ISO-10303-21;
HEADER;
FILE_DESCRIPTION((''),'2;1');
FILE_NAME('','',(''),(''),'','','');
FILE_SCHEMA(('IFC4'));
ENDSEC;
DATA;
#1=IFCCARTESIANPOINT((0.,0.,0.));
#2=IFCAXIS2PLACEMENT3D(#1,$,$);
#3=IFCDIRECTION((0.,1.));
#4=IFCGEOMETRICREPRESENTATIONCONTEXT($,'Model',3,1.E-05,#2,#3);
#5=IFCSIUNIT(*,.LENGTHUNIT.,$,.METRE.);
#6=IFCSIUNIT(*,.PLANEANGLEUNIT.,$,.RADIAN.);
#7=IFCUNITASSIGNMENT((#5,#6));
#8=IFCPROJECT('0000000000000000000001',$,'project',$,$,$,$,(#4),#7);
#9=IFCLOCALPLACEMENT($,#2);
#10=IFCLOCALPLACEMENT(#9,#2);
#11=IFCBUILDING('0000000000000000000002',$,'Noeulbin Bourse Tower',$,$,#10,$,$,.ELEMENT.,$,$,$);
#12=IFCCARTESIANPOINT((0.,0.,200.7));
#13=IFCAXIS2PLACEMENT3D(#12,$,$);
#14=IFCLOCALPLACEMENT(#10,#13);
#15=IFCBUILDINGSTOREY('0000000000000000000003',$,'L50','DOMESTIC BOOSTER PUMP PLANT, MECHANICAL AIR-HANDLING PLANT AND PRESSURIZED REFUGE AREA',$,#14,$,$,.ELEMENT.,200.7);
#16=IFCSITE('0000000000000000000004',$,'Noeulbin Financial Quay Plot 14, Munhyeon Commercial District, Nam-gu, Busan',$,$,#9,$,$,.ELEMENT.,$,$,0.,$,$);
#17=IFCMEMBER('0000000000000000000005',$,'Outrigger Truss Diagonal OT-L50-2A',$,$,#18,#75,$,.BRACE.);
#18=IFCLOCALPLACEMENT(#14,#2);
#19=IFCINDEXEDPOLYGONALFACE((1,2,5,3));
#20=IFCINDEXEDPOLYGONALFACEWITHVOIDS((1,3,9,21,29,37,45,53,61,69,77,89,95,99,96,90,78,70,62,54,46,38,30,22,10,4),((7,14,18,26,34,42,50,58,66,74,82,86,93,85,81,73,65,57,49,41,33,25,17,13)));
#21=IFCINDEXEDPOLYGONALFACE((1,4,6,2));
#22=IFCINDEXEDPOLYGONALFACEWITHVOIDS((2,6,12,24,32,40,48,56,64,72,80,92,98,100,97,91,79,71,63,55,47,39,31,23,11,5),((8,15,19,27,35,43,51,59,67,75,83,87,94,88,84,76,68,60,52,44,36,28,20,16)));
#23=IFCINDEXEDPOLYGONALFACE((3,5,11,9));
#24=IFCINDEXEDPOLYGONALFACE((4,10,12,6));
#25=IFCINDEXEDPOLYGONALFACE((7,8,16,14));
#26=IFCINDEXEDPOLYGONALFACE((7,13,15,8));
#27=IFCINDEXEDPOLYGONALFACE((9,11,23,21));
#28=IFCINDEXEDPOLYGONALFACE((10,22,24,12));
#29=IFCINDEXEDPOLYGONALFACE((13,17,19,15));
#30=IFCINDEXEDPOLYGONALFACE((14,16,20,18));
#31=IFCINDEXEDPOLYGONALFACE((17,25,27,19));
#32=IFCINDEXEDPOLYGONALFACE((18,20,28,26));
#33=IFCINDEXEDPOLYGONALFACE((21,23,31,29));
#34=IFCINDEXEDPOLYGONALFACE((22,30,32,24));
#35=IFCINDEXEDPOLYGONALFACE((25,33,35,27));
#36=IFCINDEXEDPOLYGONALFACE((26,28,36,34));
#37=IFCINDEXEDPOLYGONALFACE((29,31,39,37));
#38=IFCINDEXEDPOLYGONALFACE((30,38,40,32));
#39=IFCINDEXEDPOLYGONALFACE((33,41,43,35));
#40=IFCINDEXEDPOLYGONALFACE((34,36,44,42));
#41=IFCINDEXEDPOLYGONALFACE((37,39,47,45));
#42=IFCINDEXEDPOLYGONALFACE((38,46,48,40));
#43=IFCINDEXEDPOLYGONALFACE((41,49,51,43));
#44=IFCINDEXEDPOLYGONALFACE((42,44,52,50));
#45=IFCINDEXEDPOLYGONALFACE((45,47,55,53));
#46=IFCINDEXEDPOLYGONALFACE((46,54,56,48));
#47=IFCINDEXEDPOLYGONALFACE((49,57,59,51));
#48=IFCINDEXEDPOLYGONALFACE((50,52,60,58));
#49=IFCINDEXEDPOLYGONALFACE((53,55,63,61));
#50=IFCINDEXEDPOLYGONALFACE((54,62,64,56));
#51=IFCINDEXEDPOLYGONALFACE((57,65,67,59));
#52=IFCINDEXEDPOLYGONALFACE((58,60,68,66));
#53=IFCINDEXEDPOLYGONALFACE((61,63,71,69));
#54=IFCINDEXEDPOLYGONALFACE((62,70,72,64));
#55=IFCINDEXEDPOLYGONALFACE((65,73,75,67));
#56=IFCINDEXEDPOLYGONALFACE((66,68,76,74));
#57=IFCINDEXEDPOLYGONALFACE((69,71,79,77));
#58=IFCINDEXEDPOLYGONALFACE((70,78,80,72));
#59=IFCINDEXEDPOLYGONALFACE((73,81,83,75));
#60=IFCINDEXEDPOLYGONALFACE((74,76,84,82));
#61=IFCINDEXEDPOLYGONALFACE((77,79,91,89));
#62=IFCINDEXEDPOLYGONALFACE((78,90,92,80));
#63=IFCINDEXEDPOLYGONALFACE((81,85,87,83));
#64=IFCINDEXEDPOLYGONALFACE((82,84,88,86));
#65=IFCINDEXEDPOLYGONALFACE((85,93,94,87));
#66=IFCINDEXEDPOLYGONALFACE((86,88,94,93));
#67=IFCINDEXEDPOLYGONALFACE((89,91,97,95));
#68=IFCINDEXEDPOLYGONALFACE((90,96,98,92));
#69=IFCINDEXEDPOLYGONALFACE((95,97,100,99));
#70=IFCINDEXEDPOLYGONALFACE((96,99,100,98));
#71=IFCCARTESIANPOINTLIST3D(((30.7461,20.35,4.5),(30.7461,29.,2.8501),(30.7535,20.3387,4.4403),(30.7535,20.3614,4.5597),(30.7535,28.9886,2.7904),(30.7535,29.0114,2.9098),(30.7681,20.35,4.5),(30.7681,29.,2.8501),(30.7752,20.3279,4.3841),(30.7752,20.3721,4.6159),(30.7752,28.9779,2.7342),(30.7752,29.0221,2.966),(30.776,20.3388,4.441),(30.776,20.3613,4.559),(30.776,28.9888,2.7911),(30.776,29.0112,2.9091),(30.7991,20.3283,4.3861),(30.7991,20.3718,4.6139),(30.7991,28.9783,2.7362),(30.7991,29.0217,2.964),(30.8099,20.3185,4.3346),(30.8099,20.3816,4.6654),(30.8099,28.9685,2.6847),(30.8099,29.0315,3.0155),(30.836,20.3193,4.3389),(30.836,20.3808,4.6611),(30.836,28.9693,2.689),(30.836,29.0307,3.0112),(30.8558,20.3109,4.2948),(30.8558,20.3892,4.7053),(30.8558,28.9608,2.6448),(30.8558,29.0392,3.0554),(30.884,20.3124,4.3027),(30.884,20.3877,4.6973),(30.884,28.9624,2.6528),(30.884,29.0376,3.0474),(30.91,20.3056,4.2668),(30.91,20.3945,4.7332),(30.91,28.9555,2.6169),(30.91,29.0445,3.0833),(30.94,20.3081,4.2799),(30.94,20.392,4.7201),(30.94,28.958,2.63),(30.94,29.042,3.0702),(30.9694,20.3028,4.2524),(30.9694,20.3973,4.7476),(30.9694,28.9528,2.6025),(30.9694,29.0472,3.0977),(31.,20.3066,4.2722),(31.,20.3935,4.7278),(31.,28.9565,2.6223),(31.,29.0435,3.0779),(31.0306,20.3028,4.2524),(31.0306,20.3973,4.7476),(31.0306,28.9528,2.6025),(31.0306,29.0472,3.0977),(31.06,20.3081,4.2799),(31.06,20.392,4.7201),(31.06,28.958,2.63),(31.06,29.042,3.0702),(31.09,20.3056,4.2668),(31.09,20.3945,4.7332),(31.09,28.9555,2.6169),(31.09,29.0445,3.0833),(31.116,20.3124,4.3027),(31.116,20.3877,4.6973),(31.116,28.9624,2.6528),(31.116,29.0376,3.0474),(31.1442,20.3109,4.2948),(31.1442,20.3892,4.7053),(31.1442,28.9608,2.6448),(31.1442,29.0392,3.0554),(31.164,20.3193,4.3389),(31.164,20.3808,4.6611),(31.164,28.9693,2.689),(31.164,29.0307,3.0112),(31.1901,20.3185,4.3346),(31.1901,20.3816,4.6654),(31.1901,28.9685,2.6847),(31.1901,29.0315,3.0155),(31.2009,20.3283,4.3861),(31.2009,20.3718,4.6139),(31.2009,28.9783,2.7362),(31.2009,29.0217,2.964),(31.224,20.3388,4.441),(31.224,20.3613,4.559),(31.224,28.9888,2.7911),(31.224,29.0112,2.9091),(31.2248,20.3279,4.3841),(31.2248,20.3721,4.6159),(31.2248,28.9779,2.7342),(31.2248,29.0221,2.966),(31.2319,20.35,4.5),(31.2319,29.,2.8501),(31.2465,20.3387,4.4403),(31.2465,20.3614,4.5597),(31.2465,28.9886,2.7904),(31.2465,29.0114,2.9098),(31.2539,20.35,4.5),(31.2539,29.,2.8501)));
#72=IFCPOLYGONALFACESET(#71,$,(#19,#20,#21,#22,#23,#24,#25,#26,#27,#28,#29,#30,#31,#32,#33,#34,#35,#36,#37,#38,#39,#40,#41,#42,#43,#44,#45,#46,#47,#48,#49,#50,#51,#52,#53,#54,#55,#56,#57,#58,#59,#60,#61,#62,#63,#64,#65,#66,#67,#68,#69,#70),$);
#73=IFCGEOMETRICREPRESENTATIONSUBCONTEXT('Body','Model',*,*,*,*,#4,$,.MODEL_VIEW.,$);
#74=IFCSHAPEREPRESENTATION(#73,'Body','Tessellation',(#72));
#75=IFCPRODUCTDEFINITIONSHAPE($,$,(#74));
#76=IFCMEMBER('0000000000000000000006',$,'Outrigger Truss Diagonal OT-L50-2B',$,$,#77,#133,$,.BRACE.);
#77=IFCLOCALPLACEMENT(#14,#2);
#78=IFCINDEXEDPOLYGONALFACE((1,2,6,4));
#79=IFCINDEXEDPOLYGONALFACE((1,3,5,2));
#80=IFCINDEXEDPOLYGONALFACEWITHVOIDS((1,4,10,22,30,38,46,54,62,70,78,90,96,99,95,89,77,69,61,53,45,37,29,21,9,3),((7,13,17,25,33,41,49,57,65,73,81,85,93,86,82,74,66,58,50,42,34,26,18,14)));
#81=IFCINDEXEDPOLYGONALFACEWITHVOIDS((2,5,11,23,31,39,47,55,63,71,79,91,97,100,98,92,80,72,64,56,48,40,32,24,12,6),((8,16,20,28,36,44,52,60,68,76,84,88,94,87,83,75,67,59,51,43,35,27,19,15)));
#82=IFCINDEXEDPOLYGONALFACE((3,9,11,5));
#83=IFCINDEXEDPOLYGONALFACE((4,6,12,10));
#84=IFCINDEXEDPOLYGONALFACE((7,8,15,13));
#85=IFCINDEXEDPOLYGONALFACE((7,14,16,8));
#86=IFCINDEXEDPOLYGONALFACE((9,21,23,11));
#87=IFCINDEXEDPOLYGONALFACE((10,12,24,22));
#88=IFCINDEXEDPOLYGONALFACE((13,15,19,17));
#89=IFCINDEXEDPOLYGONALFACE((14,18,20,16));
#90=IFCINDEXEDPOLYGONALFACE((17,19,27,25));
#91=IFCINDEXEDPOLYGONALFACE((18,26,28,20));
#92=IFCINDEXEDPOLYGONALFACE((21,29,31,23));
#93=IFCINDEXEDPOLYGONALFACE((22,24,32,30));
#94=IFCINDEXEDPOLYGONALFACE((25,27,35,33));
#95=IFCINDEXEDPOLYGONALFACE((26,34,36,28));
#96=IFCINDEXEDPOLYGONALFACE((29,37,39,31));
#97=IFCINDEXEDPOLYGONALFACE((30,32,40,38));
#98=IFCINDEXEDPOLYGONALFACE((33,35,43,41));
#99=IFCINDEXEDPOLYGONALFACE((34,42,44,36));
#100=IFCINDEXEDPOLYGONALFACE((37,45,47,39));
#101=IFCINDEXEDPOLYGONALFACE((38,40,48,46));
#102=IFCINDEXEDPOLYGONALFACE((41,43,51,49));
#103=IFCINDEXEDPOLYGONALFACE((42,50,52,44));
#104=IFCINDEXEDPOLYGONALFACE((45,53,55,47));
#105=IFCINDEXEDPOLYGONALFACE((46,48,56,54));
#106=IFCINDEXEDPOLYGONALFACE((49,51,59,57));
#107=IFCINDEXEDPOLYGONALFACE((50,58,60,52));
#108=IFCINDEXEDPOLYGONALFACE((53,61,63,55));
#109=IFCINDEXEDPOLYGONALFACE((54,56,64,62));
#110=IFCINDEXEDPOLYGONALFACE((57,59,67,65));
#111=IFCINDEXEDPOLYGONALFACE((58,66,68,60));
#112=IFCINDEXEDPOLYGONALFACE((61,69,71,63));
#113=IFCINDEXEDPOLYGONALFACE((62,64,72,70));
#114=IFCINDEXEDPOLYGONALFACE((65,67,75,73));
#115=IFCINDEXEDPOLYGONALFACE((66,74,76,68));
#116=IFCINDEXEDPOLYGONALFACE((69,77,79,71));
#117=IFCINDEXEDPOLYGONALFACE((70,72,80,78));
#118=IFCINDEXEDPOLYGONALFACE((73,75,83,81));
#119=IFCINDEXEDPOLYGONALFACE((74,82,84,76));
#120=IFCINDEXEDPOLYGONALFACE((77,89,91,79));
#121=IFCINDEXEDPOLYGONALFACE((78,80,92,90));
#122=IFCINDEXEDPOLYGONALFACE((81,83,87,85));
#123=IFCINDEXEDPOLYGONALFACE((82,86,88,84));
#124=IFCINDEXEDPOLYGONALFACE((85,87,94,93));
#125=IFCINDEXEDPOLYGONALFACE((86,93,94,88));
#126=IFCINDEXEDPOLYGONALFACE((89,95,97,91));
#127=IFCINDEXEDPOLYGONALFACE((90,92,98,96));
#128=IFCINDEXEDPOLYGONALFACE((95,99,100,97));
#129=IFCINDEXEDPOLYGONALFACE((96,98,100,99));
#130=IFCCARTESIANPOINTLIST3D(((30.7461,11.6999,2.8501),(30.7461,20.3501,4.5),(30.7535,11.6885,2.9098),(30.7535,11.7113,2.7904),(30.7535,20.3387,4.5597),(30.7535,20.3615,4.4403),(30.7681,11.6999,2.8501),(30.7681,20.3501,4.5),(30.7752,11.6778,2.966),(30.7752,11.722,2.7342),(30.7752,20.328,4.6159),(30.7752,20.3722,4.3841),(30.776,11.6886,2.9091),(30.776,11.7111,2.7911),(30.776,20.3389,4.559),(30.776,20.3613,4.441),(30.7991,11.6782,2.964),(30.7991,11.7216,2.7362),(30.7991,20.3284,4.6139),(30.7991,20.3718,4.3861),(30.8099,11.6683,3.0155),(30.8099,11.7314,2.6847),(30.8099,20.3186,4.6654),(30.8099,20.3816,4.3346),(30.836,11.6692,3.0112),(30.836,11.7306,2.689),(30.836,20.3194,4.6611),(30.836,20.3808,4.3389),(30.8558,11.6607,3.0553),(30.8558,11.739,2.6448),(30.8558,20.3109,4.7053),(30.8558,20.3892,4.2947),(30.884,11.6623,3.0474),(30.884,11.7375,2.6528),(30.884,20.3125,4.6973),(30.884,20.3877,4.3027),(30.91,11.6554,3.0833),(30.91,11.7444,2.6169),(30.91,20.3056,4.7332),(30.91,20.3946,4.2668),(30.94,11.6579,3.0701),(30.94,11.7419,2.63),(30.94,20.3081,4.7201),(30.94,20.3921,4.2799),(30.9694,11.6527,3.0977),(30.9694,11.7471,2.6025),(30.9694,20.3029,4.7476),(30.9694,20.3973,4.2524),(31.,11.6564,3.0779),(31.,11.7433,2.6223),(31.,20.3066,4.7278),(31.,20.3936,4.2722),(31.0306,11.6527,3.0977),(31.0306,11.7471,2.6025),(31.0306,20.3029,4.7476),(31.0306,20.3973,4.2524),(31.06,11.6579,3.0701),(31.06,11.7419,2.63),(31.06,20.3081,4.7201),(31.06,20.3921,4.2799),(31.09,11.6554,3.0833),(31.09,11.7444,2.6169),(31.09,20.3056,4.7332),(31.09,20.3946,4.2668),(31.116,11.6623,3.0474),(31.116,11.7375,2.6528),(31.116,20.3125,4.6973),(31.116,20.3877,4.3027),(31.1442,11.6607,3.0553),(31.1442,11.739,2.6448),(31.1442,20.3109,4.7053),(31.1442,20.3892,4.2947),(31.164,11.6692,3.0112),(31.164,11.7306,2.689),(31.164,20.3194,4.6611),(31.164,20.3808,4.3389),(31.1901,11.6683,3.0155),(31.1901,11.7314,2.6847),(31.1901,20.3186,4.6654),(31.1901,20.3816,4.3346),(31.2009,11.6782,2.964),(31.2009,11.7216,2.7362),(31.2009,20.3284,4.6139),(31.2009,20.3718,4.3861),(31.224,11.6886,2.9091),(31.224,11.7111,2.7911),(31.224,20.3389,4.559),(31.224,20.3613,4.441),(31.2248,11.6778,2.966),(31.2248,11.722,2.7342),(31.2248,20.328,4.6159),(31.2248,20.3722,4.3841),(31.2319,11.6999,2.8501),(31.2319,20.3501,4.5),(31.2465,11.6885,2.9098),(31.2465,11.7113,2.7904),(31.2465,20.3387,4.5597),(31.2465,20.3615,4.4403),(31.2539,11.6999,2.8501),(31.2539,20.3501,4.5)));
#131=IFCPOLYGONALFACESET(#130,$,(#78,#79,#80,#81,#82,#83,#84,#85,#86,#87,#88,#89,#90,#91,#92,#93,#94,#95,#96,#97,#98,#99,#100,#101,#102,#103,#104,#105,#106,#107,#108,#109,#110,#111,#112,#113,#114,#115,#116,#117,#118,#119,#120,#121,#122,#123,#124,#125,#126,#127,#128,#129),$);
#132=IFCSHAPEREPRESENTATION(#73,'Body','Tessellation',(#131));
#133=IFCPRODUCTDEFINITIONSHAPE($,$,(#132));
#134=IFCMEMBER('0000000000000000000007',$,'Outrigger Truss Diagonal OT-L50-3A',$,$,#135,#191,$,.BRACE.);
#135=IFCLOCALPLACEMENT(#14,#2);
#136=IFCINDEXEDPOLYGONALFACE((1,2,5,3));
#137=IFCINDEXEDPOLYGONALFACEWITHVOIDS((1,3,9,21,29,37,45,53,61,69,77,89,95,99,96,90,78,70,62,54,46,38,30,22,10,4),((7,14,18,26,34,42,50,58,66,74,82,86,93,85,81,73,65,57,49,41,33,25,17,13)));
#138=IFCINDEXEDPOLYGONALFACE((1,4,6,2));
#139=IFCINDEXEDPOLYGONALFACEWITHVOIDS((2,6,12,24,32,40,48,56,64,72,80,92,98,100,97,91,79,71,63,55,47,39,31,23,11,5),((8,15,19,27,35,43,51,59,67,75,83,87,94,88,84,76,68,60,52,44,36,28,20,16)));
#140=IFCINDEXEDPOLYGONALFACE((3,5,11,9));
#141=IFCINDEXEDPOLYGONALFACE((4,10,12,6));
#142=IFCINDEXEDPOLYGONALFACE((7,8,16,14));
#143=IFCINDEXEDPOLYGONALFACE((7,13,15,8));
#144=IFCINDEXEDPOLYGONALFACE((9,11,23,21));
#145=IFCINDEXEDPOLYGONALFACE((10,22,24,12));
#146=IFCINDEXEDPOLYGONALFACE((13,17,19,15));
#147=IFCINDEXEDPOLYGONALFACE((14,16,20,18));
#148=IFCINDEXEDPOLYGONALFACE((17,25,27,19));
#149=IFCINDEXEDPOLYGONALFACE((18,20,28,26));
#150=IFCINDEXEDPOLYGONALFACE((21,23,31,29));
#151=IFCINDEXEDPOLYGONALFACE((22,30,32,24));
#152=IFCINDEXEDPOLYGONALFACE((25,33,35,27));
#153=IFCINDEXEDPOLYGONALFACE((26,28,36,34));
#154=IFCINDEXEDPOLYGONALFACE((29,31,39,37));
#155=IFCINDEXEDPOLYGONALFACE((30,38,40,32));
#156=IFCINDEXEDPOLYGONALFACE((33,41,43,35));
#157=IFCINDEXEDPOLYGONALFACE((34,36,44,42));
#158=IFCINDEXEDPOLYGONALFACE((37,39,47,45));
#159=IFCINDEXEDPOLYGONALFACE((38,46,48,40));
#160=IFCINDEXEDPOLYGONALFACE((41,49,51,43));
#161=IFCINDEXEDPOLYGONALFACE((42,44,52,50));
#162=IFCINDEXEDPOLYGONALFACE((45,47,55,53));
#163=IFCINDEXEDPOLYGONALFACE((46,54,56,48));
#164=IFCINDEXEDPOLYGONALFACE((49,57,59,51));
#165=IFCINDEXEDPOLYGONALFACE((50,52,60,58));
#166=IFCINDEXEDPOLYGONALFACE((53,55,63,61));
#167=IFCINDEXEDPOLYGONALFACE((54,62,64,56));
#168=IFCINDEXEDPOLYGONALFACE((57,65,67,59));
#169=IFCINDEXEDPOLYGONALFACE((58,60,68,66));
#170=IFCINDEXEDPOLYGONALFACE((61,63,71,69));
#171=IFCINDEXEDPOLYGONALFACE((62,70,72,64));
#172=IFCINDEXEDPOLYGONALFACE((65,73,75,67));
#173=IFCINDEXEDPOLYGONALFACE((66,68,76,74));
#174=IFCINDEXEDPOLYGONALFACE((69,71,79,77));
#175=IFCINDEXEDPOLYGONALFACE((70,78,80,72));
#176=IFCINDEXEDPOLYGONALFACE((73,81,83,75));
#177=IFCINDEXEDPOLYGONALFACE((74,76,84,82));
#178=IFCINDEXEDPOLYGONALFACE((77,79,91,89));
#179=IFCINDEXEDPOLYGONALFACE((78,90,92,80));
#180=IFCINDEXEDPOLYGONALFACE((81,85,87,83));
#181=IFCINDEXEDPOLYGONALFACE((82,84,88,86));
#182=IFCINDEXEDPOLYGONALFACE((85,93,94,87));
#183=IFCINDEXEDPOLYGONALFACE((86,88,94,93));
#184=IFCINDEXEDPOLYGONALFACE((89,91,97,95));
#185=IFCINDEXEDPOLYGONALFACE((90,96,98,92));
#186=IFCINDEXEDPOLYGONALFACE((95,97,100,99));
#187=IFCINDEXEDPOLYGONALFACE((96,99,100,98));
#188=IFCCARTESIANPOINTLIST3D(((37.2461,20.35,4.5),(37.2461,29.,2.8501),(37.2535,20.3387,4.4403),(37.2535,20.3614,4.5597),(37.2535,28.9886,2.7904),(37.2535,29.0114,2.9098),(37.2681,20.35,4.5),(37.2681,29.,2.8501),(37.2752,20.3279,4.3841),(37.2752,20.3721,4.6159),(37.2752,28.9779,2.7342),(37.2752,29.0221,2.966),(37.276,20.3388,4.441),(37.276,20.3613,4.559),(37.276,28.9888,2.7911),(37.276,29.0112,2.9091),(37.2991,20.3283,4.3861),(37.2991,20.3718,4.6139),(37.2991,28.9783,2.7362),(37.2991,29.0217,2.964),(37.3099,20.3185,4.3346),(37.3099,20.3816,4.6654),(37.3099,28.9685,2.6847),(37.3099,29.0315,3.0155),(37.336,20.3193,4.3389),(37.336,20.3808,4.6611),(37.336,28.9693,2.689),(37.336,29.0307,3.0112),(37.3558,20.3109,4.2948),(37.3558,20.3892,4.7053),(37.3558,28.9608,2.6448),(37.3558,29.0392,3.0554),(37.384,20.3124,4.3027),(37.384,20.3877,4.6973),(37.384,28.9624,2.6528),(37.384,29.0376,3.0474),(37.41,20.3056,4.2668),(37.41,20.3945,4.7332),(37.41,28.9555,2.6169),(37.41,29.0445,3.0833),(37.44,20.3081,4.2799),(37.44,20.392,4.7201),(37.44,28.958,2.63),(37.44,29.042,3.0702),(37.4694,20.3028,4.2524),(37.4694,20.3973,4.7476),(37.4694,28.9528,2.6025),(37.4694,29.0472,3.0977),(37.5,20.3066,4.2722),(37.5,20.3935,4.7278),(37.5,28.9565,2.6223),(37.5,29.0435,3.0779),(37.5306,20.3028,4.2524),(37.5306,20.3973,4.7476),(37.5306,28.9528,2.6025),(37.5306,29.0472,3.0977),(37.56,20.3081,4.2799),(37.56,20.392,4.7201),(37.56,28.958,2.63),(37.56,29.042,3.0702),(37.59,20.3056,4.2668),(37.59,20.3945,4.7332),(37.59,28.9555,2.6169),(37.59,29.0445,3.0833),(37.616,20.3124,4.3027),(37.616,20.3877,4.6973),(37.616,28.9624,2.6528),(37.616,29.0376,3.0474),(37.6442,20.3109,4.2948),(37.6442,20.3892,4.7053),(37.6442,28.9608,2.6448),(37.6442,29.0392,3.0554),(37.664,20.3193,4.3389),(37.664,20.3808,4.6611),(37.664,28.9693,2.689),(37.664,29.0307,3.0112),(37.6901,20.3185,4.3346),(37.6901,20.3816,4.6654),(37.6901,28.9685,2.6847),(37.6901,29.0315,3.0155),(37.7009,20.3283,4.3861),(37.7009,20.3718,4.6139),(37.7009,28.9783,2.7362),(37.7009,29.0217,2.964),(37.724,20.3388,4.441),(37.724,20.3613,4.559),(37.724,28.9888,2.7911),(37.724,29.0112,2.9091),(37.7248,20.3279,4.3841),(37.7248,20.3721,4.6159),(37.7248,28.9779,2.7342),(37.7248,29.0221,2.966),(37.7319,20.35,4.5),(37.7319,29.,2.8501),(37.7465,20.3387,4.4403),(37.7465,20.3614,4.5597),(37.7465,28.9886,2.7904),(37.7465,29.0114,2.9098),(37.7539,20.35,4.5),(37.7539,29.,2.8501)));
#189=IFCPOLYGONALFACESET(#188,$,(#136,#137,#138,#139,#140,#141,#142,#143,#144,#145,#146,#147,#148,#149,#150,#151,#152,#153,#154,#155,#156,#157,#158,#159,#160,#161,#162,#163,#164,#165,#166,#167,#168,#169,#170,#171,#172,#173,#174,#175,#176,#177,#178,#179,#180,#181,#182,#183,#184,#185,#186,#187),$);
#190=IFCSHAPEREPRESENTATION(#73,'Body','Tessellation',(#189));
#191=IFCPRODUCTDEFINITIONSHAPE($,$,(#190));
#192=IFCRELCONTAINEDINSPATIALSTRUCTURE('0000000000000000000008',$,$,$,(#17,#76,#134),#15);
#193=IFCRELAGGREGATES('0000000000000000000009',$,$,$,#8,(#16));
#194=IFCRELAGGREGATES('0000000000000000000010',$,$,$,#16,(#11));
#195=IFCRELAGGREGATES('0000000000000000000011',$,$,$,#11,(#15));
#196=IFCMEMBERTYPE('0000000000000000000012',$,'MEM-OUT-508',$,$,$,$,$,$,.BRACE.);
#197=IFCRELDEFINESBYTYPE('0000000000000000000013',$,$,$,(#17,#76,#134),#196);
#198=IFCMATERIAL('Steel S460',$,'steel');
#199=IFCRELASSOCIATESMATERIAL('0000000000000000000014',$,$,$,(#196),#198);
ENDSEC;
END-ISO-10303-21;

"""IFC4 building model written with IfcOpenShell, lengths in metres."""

from ifc_helpers import new_model, si_unit, direction, frame, origin, origin_2d, place, context, subcontext, project, spatial, hollow_circle, extrude, material, material_profile, profile_set, type_object, element, save


model = new_model("IFC4")

# Units and contexts
model_context = context("Model", 3, precision=1e-05, world=origin(), true_north=direction((0.0, 1.0)))
body_context = subcontext(model_context, "Body", "Model", "MODEL_VIEW")
ifc_project = project(units=[si_unit("LENGTHUNIT", "METRE"), si_unit("PLANEANGLEUNIT", "RADIAN")], contexts=[model_context])

# Site, building, storey
site_placement = place(None, origin())
site = spatial("IfcSite", under=ifc_project, at=site_placement, Name="Noeulbin Financial Quay Plot 14, Munhyeon Commercial District, Nam-gu, Busan", CompositionType="ELEMENT", RefElevation=0.0)
building_placement = place(site_placement, origin())
building = spatial("IfcBuilding", under=site, at=building_placement, Name="Noeulbin Bourse Tower", CompositionType="ELEMENT")
storey_placement = place(building_placement, frame((0.0, 0.0, 200.7)))
storey = spatial("IfcBuildingStorey", under=building, at=storey_placement, Name="L50", Description="DOMESTIC BOOSTER PUMP PLANT, MECHANICAL AIR-HANDLING PLANT AND PRESSURIZED REFUGE AREA", CompositionType="ELEMENT", Elevation=200.7)

# Shared definitions
ifc_material_1 = material(Name="Steel S460", Category="steel")

# Members
ifc_material_profile_1 = material_profile(ifc_material_1, hollow_circle(Radius=0.2539, WallThickness=0.022, at=origin_2d()), Name="CHS-508.0x22.0", Category="LoadBearing")
ifc_profile_set_1 = profile_set([ifc_material_profile_1], Name="Steel S460")
member_type_1 = type_object("IfcMemberType", Name="MEM-OUT-508", PredefinedType="BRACE", material=ifc_profile_set_1)
member_1_placement = place(storey_placement, frame((31.0, 29.0, 2.8501), z_axis=(0.0, -0.98229, 0.187364), x_axis=(1.0, 0.0, 0.0)))
element("IfcMember", 1, at=member_1_placement, inside=storey, type_object=member_type_1, Name="Outrigger Truss Diagonal OT-L50-2A", PredefinedType="BRACE", context=body_context, shape_type="SweptSolid", body=[
    extrude(hollow_circle(Radius=0.2539, WallThickness=0.022, at=origin_2d()), origin(), (0.0, 0.0, 1.0), 8.8059),
])
member_2_placement = place(storey_placement, frame((31.0, 20.3501, 4.5), z_axis=(0.0, -0.982291, -0.187359), x_axis=(1.0, 0.0, 0.0)))
element("IfcMember", 2, at=member_2_placement, inside=storey, type_object=member_type_1, Name="Outrigger Truss Diagonal OT-L50-2B", PredefinedType="BRACE", context=body_context, shape_type="SweptSolid", body=[
    extrude(hollow_circle(Radius=0.2539, WallThickness=0.022, at=origin_2d()), origin(), (0.0, 0.0, 1.0), 8.8062),
])
member_3_placement = place(storey_placement, frame((37.5, 29.0, 2.8501), z_axis=(0.0, -0.98229, 0.187364), x_axis=(1.0, 0.0, 0.0)))
element("IfcMember", 3, at=member_3_placement, inside=storey, type_object=member_type_1, Name="Outrigger Truss Diagonal OT-L50-3A", PredefinedType="BRACE", context=body_context, shape_type="SweptSolid", body=[
    extrude(hollow_circle(Radius=0.2539, WallThickness=0.022, at=origin_2d()), origin(), (0.0, 0.0, 1.0), 8.8059),
])

save(model, "model.ifc")
